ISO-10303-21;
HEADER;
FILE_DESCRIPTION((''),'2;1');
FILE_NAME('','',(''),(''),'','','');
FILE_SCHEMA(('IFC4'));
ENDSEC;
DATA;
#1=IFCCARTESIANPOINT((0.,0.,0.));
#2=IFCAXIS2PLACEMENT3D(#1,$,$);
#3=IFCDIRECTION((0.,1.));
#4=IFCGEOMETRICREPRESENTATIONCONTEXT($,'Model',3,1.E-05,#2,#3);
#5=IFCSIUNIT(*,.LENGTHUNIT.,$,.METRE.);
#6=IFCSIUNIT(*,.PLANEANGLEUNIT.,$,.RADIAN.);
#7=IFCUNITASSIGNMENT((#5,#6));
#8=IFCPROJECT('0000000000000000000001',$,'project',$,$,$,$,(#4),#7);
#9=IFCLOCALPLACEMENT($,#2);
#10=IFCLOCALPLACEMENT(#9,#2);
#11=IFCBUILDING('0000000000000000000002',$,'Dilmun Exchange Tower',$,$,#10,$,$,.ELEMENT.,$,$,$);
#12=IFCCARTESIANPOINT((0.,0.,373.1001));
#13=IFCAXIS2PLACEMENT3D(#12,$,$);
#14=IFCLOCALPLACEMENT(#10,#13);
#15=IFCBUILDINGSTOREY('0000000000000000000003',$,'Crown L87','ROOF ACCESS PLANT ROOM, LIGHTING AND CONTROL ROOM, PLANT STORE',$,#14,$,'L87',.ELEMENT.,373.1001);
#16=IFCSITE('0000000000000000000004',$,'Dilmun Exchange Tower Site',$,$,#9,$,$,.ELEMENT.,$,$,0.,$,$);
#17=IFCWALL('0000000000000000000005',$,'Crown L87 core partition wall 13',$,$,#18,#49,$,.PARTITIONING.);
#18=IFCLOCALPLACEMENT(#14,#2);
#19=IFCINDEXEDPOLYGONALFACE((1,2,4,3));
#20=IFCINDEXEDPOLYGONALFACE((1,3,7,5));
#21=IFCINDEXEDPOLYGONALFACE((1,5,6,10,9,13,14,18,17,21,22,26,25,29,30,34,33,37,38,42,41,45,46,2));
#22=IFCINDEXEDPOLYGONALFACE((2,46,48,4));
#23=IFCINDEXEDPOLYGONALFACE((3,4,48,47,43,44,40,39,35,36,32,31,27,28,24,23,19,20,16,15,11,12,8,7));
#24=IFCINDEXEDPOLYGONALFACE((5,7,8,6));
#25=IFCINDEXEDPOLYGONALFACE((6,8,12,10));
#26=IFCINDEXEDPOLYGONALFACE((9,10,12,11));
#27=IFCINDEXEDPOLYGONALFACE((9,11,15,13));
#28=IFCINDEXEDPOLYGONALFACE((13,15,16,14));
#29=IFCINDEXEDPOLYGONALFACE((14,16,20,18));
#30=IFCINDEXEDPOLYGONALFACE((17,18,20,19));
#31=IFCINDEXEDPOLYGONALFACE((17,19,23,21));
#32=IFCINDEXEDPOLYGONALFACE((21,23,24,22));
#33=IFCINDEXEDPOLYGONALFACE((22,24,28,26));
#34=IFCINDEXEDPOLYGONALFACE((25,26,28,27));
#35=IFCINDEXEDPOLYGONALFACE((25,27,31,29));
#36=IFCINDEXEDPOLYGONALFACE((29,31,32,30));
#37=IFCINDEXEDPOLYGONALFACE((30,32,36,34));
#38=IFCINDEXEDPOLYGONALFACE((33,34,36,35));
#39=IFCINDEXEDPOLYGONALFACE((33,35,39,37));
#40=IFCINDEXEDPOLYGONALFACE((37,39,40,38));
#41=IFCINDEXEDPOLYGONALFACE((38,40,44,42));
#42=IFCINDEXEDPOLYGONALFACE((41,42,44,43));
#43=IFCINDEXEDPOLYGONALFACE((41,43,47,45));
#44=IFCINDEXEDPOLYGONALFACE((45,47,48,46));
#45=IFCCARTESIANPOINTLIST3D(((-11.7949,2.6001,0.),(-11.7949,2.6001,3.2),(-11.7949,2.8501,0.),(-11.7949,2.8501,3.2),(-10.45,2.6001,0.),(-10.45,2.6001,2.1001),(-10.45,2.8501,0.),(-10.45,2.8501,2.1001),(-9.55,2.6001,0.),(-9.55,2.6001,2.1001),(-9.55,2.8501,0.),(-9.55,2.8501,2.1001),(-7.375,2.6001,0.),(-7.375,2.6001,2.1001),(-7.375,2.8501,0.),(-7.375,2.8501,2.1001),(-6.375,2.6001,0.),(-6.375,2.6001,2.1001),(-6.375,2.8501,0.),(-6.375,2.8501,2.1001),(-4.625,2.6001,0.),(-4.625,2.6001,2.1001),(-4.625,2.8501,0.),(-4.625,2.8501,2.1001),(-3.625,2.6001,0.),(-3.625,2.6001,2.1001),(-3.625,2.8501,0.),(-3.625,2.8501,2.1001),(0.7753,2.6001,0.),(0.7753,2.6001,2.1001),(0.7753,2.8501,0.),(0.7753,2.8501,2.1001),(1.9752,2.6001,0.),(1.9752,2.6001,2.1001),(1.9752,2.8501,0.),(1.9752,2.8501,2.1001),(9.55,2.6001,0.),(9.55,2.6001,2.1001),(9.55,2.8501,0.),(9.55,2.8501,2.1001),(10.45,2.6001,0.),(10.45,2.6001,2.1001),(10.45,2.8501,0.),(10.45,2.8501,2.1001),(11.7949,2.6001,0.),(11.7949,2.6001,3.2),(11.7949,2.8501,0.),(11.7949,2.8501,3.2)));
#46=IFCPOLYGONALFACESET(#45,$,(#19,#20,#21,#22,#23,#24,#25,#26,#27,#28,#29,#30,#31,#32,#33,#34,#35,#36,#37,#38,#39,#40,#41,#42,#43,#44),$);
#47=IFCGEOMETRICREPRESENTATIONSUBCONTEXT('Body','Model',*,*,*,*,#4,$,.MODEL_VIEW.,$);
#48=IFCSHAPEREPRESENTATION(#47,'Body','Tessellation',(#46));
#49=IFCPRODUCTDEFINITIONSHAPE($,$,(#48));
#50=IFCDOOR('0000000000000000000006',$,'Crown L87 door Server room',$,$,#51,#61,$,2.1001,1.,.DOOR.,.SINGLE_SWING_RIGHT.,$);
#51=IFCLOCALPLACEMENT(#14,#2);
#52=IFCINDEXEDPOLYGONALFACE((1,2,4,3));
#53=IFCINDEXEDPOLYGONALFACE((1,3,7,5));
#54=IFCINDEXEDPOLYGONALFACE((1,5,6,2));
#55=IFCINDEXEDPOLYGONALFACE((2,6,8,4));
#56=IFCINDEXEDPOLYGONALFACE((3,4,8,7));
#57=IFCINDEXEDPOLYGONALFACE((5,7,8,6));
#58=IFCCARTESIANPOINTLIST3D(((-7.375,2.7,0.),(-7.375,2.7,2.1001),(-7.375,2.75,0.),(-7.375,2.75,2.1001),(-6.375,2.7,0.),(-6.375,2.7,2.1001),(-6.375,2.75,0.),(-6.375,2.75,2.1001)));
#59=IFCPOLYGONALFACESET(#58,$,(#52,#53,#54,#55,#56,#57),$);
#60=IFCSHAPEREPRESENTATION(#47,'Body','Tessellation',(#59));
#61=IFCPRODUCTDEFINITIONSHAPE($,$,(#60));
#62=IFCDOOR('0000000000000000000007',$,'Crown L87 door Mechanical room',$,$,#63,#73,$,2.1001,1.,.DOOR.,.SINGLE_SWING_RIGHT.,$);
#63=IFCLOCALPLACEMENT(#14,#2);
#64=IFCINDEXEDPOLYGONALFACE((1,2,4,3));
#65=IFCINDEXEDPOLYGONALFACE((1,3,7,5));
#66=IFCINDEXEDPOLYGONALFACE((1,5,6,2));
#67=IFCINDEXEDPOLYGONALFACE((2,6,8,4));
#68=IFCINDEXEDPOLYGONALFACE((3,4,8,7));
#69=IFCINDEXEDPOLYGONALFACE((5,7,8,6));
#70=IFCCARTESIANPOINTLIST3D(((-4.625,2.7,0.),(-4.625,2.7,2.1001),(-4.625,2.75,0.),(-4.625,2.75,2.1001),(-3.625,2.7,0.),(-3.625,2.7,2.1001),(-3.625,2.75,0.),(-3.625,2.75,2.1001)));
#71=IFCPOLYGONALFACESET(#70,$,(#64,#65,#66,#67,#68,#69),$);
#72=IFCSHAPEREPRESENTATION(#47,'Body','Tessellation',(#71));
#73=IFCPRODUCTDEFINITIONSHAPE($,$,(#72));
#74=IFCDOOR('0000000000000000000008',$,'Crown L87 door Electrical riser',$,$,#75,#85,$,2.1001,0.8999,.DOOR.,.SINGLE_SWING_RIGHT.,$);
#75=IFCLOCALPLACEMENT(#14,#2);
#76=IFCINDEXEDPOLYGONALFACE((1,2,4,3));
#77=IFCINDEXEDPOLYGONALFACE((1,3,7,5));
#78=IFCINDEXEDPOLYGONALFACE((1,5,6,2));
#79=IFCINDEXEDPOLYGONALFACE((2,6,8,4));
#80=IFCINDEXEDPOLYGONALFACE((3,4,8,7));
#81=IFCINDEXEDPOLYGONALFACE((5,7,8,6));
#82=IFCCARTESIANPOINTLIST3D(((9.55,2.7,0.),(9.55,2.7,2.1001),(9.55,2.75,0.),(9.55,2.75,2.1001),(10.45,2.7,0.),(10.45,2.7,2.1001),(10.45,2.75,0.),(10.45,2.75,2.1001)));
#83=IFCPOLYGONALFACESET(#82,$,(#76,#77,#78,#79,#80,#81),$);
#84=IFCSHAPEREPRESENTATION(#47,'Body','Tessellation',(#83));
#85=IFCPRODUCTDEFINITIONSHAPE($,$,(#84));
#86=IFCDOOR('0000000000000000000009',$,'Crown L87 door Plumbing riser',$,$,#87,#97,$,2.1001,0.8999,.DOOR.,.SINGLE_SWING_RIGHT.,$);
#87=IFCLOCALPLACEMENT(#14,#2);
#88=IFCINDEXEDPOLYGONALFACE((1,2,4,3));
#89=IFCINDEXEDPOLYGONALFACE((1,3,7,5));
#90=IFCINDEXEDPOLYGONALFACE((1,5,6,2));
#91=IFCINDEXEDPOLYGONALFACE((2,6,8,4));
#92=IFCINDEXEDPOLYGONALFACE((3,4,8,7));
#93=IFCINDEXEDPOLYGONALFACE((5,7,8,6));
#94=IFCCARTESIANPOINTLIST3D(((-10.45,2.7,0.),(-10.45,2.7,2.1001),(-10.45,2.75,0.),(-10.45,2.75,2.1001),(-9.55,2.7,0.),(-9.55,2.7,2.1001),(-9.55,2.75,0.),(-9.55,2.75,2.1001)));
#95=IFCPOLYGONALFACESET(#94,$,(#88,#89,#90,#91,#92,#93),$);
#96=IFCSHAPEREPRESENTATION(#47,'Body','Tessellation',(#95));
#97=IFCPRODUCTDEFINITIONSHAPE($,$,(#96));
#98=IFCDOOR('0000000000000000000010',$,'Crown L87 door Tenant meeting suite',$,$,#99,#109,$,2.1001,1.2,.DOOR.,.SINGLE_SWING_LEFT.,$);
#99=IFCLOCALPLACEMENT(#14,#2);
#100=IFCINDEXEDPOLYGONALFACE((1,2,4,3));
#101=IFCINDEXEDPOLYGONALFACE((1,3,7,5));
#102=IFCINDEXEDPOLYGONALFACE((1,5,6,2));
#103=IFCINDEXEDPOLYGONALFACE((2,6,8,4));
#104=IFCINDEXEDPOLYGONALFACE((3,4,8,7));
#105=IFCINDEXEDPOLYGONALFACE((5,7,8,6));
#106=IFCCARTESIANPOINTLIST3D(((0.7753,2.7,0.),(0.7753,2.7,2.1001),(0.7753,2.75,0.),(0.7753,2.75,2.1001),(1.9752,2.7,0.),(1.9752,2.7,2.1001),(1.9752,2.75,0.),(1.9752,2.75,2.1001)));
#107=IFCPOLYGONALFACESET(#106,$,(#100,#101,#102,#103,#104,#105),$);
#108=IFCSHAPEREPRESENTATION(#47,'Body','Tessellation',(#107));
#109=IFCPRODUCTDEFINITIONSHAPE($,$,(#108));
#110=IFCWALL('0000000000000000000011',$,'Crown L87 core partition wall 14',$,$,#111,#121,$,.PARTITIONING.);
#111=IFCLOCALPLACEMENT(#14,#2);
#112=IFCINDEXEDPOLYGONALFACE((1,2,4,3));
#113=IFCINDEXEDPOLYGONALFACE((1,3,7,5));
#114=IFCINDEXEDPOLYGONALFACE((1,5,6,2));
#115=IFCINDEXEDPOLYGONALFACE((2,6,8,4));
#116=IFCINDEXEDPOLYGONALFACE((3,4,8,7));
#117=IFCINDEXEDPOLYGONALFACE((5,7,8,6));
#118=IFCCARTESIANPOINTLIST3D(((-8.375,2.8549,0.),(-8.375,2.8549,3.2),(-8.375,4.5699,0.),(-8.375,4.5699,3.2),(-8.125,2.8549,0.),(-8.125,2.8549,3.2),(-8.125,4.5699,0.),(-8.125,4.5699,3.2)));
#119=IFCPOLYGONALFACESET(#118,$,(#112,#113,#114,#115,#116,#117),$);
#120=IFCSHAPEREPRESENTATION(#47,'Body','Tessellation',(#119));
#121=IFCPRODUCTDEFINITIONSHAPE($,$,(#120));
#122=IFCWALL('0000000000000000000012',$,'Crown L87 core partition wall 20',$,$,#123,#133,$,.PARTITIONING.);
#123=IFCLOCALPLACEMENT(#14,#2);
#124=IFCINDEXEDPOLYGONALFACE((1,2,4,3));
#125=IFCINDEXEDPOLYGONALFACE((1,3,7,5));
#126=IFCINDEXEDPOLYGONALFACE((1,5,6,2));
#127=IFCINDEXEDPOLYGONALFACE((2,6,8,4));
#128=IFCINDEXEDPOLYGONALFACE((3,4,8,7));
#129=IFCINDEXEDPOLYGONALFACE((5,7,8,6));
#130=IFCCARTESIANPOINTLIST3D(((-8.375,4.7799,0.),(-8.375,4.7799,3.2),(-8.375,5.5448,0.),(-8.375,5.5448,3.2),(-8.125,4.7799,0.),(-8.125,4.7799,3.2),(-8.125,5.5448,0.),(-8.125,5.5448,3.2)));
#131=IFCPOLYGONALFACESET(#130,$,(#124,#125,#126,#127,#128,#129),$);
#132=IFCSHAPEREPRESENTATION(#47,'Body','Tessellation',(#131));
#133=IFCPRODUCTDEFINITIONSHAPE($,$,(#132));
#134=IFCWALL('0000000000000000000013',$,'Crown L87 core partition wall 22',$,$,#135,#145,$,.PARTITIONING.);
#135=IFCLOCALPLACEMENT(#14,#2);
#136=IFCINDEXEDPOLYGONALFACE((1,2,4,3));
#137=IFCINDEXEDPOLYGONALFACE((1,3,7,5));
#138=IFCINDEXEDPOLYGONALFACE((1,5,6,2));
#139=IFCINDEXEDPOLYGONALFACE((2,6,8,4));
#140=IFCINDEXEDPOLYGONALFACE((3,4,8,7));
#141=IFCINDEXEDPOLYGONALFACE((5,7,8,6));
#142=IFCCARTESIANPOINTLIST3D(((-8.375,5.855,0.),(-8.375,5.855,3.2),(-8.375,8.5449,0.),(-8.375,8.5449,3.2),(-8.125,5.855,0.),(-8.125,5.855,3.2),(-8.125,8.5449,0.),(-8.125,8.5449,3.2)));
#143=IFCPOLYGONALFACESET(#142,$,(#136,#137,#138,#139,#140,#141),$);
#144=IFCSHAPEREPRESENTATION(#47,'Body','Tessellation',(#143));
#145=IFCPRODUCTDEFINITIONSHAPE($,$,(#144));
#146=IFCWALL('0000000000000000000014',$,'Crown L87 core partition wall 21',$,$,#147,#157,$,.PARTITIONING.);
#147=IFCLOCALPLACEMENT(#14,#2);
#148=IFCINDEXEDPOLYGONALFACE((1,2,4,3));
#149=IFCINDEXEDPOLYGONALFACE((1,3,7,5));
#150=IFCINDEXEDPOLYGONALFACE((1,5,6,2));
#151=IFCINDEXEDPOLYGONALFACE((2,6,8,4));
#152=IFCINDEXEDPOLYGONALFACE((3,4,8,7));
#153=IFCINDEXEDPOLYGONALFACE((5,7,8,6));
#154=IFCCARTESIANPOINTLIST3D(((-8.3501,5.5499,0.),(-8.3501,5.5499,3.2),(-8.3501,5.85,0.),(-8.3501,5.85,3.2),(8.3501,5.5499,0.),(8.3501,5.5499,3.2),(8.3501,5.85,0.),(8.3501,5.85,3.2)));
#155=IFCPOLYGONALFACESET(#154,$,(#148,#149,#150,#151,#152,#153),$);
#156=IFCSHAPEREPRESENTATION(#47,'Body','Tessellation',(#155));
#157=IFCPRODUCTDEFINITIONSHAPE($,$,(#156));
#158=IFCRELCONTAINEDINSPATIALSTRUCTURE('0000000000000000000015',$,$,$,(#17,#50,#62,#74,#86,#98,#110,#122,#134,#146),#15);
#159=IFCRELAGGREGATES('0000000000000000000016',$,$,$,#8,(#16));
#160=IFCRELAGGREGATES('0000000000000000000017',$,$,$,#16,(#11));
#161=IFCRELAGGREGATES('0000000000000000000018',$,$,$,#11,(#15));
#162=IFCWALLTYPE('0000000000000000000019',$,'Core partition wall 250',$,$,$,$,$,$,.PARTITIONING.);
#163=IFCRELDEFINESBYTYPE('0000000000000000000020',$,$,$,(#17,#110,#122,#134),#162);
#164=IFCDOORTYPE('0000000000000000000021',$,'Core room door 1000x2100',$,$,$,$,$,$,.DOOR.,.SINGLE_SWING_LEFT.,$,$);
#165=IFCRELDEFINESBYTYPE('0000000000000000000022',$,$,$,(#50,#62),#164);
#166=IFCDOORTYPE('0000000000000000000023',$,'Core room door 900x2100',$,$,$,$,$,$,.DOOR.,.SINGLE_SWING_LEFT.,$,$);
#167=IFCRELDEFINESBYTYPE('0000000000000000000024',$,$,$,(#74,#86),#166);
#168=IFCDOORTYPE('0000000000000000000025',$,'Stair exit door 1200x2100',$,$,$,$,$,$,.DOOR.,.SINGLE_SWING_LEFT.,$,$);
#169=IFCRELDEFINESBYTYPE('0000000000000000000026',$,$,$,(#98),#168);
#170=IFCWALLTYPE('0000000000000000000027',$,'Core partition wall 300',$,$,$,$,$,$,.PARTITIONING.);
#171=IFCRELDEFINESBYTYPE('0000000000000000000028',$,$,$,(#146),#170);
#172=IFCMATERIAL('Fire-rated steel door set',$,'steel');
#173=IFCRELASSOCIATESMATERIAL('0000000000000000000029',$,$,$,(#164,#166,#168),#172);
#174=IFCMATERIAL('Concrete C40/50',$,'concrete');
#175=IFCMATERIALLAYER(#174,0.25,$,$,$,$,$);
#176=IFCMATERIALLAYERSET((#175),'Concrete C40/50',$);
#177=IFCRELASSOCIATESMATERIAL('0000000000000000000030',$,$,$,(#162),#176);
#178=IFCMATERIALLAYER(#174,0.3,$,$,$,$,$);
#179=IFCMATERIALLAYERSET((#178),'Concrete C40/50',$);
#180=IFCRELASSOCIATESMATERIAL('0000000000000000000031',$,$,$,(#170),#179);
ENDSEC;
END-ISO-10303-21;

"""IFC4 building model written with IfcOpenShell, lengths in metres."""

from ifc_helpers import new_model, si_unit, direction, frame, frame_2d, origin, place, context, subcontext, project, spatial, rectangle, extrude, material, layer, layer_set, type_object, element, fill, save


model = new_model("IFC4")

# Units and contexts
model_context = context("Model", 3, precision=1e-05, world=origin(), true_north=direction((0.0, 1.0)))
body_context = subcontext(model_context, "Body", "Model", "MODEL_VIEW")
ifc_project = project(units=[si_unit("LENGTHUNIT", "METRE"), si_unit("PLANEANGLEUNIT", "RADIAN")], contexts=[model_context])

# Site, building, storey
site_placement = place(None, origin())
site = spatial("IfcSite", under=ifc_project, at=site_placement, Name="Dilmun Exchange Tower Site", CompositionType="ELEMENT", RefElevation=0.0)
building_placement = place(site_placement, origin())
building = spatial("IfcBuilding", under=site, at=building_placement, Name="Dilmun Exchange Tower", CompositionType="ELEMENT")
storey_placement = place(building_placement, frame((0.0, 0.0, 373.1001)))
storey = spatial("IfcBuildingStorey", under=building, at=storey_placement, Name="Crown L87", Description="ROOF ACCESS PLANT ROOM, LIGHTING AND CONTROL ROOM, PLANT STORE", LongName="L87", CompositionType="ELEMENT", Elevation=373.1001)

# Shared definitions
ifc_material_1 = material(Name="Concrete C40/50", Category="concrete")

# Shared definitions
ifc_material_2 = material(Name="Fire-rated steel door set", Category="steel")
door_type_1 = type_object("IfcDoorType", Name="Core room door 1000x2100", OperationType="SINGLE_SWING_LEFT", PredefinedType="DOOR", material=ifc_material_2)

# Wall, openings, doors
ifc_layer_1 = layer(ifc_material_1, 0.25)
ifc_layer_set_1 = layer_set([ifc_layer_1], Name="Concrete C40/50")
wall_type_1 = type_object("IfcWallType", Name="Core partition wall 250", PredefinedType="PARTITIONING", material=ifc_layer_set_1)
wall_1_placement = place(storey_placement, frame((-11.7949, 2.7251, 0.0), z_axis=(0.0, 0.0, 1.0), x_axis=(1.0, 0.0, 0.0)))
wall_1 = element("IfcWall", 1, at=wall_1_placement, inside=storey, type_object=wall_type_1, Name="Crown L87 core partition wall 13", PredefinedType="PARTITIONING", context=body_context, shape_type="SweptSolid", body=[
    extrude(rectangle(XDim=23.5898, YDim=0.25, at=frame_2d((11.7949, 0.0))), origin(), (0.0, 0.0, 1.0), 3.2),
])
opening_1_placement = place(wall_1_placement, frame((21.345, 0.0, 0.0)))
opening_1 = element("IfcOpeningElement", 2, at=opening_1_placement, cuts=wall_1, PredefinedType="OPENING", context=body_context, shape_type="SweptSolid", body=[
    extrude(rectangle(XDim=0.8999, YDim=2.1001, at=frame_2d((0.45, 1.05))), frame((0.0, 0.135, 0.0), z_axis=(0.0, -1.0, 0.0), x_axis=(1.0, 0.0, 0.0)), (0.0, 0.0, 1.0), 0.27),
])
opening_2_placement = place(wall_1_placement, frame((1.345, 0.0, 0.0)))
opening_2 = element("IfcOpeningElement", 3, at=opening_2_placement, cuts=wall_1, PredefinedType="OPENING", context=body_context, shape_type="SweptSolid", body=[
    extrude(rectangle(XDim=0.8999, YDim=2.1001, at=frame_2d((0.45, 1.05))), frame((0.0, 0.135, 0.0), z_axis=(0.0, -1.0, 0.0), x_axis=(1.0, 0.0, 0.0)), (0.0, 0.0, 1.0), 0.27),
])
opening_3_placement = place(wall_1_placement, frame((4.4199, 0.0, 0.0)))
opening_3 = element("IfcOpeningElement", 4, at=opening_3_placement, cuts=wall_1, PredefinedType="OPENING", context=body_context, shape_type="SweptSolid", body=[
    extrude(rectangle(XDim=1.0, YDim=2.1001, at=frame_2d((0.5, 1.05))), frame((0.0, 0.135, 0.0), z_axis=(0.0, -1.0, 0.0), x_axis=(1.0, 0.0, 0.0)), (0.0, 0.0, 1.0), 0.27),
])
opening_4_placement = place(wall_1_placement, frame((7.1699, 0.0, 0.0)))
opening_4 = element("IfcOpeningElement", 5, at=opening_4_placement, cuts=wall_1, PredefinedType="OPENING", context=body_context, shape_type="SweptSolid", body=[
    extrude(rectangle(XDim=1.0, YDim=2.1001, at=frame_2d((0.5, 1.05))), frame((0.0, 0.135, 0.0), z_axis=(0.0, -1.0, 0.0), x_axis=(1.0, 0.0, 0.0)), (0.0, 0.0, 1.0), 0.27),
])
opening_5_placement = place(wall_1_placement, frame((12.5701, 0.0, 0.0)))
opening_5 = element("IfcOpeningElement", 6, at=opening_5_placement, cuts=wall_1, PredefinedType="OPENING", context=body_context, shape_type="SweptSolid", body=[
    extrude(rectangle(XDim=1.2, YDim=2.1001, at=frame_2d((0.6001, 1.05))), frame((0.0, 0.135, 0.0), z_axis=(0.0, -1.0, 0.0), x_axis=(1.0, 0.0, 0.0)), (0.0, 0.0, 1.0), 0.27),
])
door_1_placement = place(opening_3_placement, origin())
door_1 = element("IfcDoor", 7, at=door_1_placement, inside=storey, type_object=door_type_1, Name="Crown L87 door Server room", OperationType="SINGLE_SWING_RIGHT", OverallHeight=2.1001, OverallWidth=1.0, PredefinedType="DOOR", context=body_context, shape_type="SweptSolid", body=[
    extrude(rectangle(XDim=1.0, YDim=2.1001, at=frame_2d((0.5, 1.05))), frame((0.0, 0.0249, 0.0), z_axis=(0.0, -1.0, 0.0), x_axis=(1.0, 0.0, 0.0)), (0.0, 0.0, 1.0), 0.05),
])
fill(opening_3, door_1)
door_2_placement = place(opening_4_placement, origin())
door_2 = element("IfcDoor", 8, at=door_2_placement, inside=storey, type_object=door_type_1, Name="Crown L87 door Mechanical room", OperationType="SINGLE_SWING_RIGHT", OverallHeight=2.1001, OverallWidth=1.0, PredefinedType="DOOR", context=body_context, shape_type="SweptSolid", body=[
    extrude(rectangle(XDim=1.0, YDim=2.1001, at=frame_2d((0.5, 1.05))), frame((0.0, 0.0249, 0.0), z_axis=(0.0, -1.0, 0.0), x_axis=(1.0, 0.0, 0.0)), (0.0, 0.0, 1.0), 0.05),
])
fill(opening_4, door_2)
door_type_2 = type_object("IfcDoorType", Name="Core room door 900x2100", OperationType="SINGLE_SWING_LEFT", PredefinedType="DOOR", material=ifc_material_2)
door_3_placement = place(opening_1_placement, origin())
door_3 = element("IfcDoor", 9, at=door_3_placement, inside=storey, type_object=door_type_2, Name="Crown L87 door Electrical riser", OperationType="SINGLE_SWING_RIGHT", OverallHeight=2.1001, OverallWidth=0.8999, PredefinedType="DOOR", context=body_context, shape_type="SweptSolid", body=[
    extrude(rectangle(XDim=0.8999, YDim=2.1001, at=frame_2d((0.45, 1.05))), frame((0.0, 0.0249, 0.0), z_axis=(0.0, -1.0, 0.0), x_axis=(1.0, 0.0, 0.0)), (0.0, 0.0, 1.0), 0.05),
])
fill(opening_1, door_3)
door_4_placement = place(opening_2_placement, origin())
door_4 = element("IfcDoor", 10, at=door_4_placement, inside=storey, type_object=door_type_2, Name="Crown L87 door Plumbing riser", OperationType="SINGLE_SWING_RIGHT", OverallHeight=2.1001, OverallWidth=0.8999, PredefinedType="DOOR", context=body_context, shape_type="SweptSolid", body=[
    extrude(rectangle(XDim=0.8999, YDim=2.1001, at=frame_2d((0.45, 1.05))), frame((0.0, 0.0249, 0.0), z_axis=(0.0, -1.0, 0.0), x_axis=(1.0, 0.0, 0.0)), (0.0, 0.0, 1.0), 0.05),
])
fill(opening_2, door_4)
door_type_3 = type_object("IfcDoorType", Name="Stair exit door 1200x2100", OperationType="SINGLE_SWING_LEFT", PredefinedType="DOOR", material=ifc_material_2)
door_5_placement = place(opening_5_placement, origin())
door_5 = element("IfcDoor", 11, at=door_5_placement, inside=storey, type_object=door_type_3, Name="Crown L87 door Tenant meeting suite", OperationType="SINGLE_SWING_LEFT", OverallHeight=2.1001, OverallWidth=1.2, PredefinedType="DOOR", context=body_context, shape_type="SweptSolid", body=[
    extrude(rectangle(XDim=1.2, YDim=2.1001, at=frame_2d((0.6001, 1.05))), frame((0.0, 0.0249, 0.0), z_axis=(0.0, -1.0, 0.0), x_axis=(1.0, 0.0, 0.0)), (0.0, 0.0, 1.0), 0.05),
])
fill(opening_5, door_5)

# Walls
wall_2_placement = place(storey_placement, frame((-8.25, 2.855, 0.0), z_axis=(0.0, 0.0, 1.0), x_axis=(0.0, 1.0, 0.0)))
element("IfcWall", 12, at=wall_2_placement, inside=storey, type_object=wall_type_1, Name="Crown L87 core partition wall 14", PredefinedType="PARTITIONING", context=body_context, shape_type="SweptSolid", body=[
    extrude(rectangle(XDim=1.7151, YDim=0.25, at=frame_2d((0.8574, 0.0))), origin(), (0.0, 0.0, 1.0), 3.2),
])
wall_3_placement = place(storey_placement, frame((-8.25, 4.78, 0.0), z_axis=(0.0, 0.0, 1.0), x_axis=(0.0, 1.0, 0.0)))
element("IfcWall", 13, at=wall_3_placement, inside=storey, type_object=wall_type_1, Name="Crown L87 core partition wall 20", PredefinedType="PARTITIONING", context=body_context, shape_type="SweptSolid", body=[
    extrude(rectangle(XDim=0.7649, YDim=0.25, at=frame_2d((0.3823, 0.0))), origin(), (0.0, 0.0, 1.0), 3.2),
])
wall_4_placement = place(storey_placement, frame((-8.25, 5.855, 0.0), z_axis=(0.0, 0.0, 1.0), x_axis=(0.0, 1.0, 0.0)))
element("IfcWall", 14, at=wall_4_placement, inside=storey, type_object=wall_type_1, Name="Crown L87 core partition wall 22", PredefinedType="PARTITIONING", context=body_context, shape_type="SweptSolid", body=[
    extrude(rectangle(XDim=2.6899, YDim=0.25, at=frame_2d((1.345, 0.0))), origin(), (0.0, 0.0, 1.0), 3.2),
])
ifc_layer_2 = layer(ifc_material_1, 0.3)
ifc_layer_set_2 = layer_set([ifc_layer_2], Name="Concrete C40/50")
wall_type_2 = type_object("IfcWallType", Name="Core partition wall 300", PredefinedType="PARTITIONING", material=ifc_layer_set_2)
wall_5_placement = place(storey_placement, frame((-8.3501, 5.7, 0.0), z_axis=(0.0, 0.0, 1.0), x_axis=(1.0, 0.0, 0.0)))
element("IfcWall", 15, at=wall_5_placement, inside=storey, type_object=wall_type_2, Name="Crown L87 core partition wall 21", PredefinedType="PARTITIONING", context=body_context, shape_type="SweptSolid", body=[
    extrude(rectangle(XDim=16.7002, YDim=0.3, at=frame_2d((8.3501, 0.0))), origin(), (0.0, 0.0, 1.0), 3.2),
])

save(model, "model.ifc")
